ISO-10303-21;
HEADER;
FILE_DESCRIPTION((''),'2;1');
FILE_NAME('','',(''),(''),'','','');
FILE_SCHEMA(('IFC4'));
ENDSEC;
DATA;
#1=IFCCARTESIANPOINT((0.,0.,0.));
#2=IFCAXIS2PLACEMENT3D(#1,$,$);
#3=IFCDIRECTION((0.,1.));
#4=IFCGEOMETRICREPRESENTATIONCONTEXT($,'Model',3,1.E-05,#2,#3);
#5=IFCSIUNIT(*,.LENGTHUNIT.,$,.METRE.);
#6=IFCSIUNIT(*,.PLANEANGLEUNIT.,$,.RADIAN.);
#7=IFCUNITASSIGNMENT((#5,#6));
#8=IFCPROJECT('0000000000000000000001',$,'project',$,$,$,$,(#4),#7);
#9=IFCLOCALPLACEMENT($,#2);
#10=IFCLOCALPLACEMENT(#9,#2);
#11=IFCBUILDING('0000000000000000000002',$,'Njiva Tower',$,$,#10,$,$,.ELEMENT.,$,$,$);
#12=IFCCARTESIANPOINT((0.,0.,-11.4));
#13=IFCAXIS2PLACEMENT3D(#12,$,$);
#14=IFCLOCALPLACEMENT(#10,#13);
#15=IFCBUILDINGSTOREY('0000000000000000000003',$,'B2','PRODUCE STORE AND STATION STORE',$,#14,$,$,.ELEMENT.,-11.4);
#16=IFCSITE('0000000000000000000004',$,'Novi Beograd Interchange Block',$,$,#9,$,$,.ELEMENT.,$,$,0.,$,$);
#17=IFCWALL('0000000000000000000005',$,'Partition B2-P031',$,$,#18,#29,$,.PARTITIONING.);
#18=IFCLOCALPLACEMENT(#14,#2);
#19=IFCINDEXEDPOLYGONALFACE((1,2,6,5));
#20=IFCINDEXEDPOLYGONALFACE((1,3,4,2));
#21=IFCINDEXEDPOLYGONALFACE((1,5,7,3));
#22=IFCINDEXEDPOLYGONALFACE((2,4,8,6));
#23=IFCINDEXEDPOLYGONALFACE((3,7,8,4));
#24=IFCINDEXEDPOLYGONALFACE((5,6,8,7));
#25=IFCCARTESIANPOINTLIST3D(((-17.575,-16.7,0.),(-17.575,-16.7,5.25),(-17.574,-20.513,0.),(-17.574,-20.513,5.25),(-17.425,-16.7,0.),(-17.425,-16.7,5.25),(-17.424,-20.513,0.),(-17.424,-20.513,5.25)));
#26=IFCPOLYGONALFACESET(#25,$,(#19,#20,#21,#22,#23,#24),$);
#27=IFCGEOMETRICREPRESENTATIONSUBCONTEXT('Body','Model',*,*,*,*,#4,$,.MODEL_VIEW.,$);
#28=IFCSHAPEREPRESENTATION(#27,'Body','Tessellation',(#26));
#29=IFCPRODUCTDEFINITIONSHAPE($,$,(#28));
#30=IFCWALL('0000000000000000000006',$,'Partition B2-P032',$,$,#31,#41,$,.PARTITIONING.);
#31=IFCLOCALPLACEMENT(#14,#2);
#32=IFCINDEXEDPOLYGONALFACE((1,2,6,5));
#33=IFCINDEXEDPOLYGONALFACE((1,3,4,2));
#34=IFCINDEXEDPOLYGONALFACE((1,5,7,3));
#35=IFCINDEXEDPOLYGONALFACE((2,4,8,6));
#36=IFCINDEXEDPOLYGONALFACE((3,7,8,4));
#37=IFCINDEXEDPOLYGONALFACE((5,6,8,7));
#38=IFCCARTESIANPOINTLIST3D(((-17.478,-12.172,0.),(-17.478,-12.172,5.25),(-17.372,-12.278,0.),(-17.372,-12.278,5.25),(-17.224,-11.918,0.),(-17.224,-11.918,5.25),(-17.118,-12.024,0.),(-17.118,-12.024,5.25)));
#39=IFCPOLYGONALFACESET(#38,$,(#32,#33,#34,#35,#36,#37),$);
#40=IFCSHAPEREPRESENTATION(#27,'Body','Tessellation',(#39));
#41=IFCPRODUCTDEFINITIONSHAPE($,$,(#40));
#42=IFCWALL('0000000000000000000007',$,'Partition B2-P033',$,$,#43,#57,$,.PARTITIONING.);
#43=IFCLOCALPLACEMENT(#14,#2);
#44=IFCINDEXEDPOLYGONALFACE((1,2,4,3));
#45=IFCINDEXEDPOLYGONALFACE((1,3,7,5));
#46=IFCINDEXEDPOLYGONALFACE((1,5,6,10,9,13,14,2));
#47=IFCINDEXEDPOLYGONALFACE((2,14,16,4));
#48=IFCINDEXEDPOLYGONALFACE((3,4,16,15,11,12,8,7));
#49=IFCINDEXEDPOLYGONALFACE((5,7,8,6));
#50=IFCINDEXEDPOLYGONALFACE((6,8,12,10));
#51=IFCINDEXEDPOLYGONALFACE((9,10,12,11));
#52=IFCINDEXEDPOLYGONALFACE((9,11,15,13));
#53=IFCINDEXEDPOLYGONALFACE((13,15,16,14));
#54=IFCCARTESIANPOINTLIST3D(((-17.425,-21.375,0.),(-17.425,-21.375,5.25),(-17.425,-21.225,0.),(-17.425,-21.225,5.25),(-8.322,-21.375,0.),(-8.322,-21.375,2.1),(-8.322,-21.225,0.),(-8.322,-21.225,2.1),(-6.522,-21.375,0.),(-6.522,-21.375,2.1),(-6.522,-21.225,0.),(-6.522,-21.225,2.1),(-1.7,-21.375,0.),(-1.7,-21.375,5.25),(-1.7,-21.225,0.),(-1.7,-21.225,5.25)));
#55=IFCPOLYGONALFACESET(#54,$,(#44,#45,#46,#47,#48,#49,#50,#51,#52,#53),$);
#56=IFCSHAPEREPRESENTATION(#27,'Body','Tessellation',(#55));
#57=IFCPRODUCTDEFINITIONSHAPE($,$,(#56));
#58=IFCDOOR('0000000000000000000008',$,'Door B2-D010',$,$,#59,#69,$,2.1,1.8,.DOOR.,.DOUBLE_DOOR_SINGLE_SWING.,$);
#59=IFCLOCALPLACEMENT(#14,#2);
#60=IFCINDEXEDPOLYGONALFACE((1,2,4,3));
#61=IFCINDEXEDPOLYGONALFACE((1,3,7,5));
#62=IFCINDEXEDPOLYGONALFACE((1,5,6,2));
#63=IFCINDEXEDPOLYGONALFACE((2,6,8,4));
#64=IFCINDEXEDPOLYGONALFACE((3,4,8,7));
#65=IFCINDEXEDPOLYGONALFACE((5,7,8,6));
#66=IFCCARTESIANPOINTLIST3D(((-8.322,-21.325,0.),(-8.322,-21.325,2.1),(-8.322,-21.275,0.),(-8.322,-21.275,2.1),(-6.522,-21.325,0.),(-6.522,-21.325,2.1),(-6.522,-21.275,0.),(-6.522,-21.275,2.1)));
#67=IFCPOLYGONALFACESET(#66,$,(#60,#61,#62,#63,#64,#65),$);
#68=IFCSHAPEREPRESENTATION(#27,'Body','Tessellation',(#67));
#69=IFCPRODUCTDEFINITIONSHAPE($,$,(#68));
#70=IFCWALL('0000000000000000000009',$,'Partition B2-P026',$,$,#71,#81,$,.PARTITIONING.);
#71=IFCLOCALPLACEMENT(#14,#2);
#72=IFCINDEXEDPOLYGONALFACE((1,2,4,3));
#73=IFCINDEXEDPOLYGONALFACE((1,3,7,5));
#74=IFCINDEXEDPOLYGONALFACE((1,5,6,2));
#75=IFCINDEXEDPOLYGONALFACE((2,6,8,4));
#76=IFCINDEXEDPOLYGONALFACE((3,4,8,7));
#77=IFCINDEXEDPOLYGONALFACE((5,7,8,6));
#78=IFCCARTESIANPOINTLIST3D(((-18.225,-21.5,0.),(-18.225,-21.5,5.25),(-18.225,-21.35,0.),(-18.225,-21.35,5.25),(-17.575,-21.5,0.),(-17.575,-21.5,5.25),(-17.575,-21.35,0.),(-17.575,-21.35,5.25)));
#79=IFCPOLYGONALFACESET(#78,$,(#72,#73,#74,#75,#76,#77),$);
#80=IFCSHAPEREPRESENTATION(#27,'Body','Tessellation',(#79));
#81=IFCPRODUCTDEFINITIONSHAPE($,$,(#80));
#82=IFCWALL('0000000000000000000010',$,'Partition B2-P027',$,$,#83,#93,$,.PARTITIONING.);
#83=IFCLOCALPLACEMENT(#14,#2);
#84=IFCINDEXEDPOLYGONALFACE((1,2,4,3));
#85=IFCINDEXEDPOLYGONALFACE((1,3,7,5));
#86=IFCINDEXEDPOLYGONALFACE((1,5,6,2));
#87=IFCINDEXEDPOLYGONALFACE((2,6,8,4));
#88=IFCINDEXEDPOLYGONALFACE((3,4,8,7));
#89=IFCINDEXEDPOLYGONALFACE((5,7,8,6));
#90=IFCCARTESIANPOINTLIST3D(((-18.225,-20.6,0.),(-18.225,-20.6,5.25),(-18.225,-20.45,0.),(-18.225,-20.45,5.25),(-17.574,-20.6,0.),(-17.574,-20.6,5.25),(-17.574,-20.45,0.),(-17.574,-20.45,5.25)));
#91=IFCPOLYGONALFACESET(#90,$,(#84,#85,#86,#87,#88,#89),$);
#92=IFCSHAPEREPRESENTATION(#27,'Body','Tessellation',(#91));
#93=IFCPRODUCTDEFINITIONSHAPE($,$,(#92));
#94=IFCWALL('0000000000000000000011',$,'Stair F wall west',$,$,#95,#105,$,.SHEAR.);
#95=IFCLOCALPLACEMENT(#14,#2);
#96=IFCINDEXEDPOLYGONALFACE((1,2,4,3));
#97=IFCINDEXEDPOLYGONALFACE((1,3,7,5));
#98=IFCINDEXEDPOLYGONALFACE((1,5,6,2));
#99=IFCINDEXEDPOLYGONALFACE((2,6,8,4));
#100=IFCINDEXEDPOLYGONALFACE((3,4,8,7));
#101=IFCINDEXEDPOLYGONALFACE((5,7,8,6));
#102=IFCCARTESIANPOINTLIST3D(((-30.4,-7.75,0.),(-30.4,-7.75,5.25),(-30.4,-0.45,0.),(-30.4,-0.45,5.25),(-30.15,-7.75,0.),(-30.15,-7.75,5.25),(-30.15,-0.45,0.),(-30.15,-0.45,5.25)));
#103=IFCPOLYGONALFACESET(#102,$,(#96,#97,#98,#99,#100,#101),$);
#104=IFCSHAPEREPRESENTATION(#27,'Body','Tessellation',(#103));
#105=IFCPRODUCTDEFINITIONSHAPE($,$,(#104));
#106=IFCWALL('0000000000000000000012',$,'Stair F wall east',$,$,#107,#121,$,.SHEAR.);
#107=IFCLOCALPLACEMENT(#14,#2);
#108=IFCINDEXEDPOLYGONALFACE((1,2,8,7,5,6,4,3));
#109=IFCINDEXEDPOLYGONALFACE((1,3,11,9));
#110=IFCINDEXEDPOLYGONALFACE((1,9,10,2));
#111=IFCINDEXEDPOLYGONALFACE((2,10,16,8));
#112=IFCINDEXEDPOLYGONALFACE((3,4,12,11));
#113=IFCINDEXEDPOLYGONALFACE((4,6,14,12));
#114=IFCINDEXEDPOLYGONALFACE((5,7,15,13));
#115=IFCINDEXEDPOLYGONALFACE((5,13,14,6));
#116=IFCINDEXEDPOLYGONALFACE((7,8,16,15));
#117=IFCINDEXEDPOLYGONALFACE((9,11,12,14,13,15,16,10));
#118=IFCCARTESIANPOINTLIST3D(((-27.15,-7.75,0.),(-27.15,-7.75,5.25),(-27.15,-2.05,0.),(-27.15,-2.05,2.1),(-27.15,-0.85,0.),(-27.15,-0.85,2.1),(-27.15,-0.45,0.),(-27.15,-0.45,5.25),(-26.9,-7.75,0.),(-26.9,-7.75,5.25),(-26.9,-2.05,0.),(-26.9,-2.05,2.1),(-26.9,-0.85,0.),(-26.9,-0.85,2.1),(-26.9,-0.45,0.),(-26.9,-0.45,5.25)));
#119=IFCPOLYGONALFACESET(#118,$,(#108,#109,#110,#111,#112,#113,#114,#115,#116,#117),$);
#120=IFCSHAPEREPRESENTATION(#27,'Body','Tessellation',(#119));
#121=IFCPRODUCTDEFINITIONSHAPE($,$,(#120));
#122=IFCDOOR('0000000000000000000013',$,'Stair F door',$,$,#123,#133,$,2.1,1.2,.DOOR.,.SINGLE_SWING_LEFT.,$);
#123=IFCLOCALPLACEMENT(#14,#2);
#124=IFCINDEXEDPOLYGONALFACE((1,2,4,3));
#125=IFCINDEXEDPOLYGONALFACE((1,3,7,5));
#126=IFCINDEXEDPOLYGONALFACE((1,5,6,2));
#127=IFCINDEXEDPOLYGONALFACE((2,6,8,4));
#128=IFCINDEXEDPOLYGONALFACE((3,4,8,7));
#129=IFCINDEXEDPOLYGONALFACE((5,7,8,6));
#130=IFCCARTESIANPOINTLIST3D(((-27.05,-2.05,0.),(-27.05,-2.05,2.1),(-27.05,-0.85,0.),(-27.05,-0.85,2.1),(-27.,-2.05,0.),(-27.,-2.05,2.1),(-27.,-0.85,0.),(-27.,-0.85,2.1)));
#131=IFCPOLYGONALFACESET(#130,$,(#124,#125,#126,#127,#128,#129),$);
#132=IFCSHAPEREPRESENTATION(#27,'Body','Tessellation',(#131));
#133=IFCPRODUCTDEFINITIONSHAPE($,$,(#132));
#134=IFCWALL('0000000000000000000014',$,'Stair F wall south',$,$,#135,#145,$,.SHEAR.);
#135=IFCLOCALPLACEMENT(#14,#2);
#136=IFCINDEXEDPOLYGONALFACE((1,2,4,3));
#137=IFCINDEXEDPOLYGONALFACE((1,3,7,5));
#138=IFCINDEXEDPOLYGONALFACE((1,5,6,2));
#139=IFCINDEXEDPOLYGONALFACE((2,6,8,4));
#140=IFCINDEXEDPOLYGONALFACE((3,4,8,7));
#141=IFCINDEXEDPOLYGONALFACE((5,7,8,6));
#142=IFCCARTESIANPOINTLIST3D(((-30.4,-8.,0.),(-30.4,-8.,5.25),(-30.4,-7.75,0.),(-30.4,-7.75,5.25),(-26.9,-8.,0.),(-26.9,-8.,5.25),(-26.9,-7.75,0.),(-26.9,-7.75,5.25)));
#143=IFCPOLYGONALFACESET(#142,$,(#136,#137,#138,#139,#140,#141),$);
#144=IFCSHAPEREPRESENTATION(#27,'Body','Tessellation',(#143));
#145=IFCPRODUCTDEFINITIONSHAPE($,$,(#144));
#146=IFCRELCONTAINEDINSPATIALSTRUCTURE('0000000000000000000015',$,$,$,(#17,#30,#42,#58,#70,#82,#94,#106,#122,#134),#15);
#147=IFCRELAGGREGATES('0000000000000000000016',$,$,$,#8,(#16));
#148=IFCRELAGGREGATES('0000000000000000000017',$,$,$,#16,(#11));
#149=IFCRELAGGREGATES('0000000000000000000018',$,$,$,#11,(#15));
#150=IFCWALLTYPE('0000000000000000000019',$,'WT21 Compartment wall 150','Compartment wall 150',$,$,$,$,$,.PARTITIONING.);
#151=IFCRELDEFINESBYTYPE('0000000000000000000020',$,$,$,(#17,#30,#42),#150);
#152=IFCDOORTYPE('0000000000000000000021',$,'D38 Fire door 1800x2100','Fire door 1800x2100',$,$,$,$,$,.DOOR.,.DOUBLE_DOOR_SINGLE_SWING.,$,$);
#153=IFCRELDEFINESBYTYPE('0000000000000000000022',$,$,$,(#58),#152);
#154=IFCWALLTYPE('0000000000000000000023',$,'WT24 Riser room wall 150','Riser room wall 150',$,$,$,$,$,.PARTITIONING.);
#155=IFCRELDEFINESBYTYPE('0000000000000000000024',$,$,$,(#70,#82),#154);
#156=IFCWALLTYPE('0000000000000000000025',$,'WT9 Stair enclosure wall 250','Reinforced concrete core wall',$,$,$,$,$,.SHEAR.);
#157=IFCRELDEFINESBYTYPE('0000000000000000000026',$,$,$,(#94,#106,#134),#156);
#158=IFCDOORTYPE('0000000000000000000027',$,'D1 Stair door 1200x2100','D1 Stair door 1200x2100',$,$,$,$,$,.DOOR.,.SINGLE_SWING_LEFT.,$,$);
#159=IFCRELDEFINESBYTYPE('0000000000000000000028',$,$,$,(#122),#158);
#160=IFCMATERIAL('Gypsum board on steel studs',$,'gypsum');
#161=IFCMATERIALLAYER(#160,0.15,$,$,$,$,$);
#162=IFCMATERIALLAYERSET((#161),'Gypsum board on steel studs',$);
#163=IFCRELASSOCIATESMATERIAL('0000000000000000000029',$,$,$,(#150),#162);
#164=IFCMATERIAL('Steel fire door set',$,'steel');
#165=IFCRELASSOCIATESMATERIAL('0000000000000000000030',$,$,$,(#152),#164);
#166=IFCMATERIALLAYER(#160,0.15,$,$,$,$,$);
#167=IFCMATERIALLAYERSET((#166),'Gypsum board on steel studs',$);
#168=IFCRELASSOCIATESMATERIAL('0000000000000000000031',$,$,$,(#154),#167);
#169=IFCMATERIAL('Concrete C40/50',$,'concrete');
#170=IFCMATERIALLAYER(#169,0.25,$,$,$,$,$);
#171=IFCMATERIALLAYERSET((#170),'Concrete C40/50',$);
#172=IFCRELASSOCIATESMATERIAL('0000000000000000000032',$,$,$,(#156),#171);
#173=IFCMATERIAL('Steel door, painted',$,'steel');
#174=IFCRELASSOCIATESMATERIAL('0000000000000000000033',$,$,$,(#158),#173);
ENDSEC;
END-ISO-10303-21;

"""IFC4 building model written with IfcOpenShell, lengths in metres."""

from ifc_helpers import new_model, si_unit, direction, frame, frame_2d, origin, place, context, subcontext, project, spatial, rectangle, extrude, material, layer, layer_set, type_object, element, fill, save


model = new_model("IFC4")

# Units and contexts
model_context = context("Model", 3, precision=1e-05, world=origin(), true_north=direction((0.0, 1.0)))
body_context = subcontext(model_context, "Body", "Model", "MODEL_VIEW")
ifc_project = project(units=[si_unit("LENGTHUNIT", "METRE"), si_unit("PLANEANGLEUNIT", "RADIAN")], contexts=[model_context])

# Site, building, storey
site_placement = place(None, origin())
site = spatial("IfcSite", under=ifc_project, at=site_placement, Name="Novi Beograd Interchange Block", CompositionType="ELEMENT", RefElevation=0.0)
building_placement = place(site_placement, origin())
building = spatial("IfcBuilding", under=site, at=building_placement, Name="Njiva Tower", CompositionType="ELEMENT")
storey_placement = place(building_placement, frame((0.0, 0.0, -11.4)))
storey = spatial("IfcBuildingStorey", under=building, at=storey_placement, Name="B2", Description="PRODUCE STORE AND STATION STORE", CompositionType="ELEMENT", Elevation=-11.4)

# Shared definitions
ifc_material_1 = material(Name="Gypsum board on steel studs", Category="gypsum")
ifc_layer_1 = layer(ifc_material_1, 0.15)
ifc_layer_set_1 = layer_set([ifc_layer_1], Name="Gypsum board on steel studs")
wall_type_1 = type_object("IfcWallType", Name="WT21 Compartment wall 150", Description="Compartment wall 150", PredefinedType="PARTITIONING", material=ifc_layer_set_1)

# Shared definitions
ifc_material_2 = material(Name="Steel fire door set", Category="steel")

# Walls
wall_1_placement = place(storey_placement, frame((-17.5, -16.7, 0.0), z_axis=(0.0, 0.0, 1.0), x_axis=(0.000262, -1.0, 0.0)))
element("IfcWall", 1, at=wall_1_placement, inside=storey, type_object=wall_type_1, Name="Partition B2-P031", PredefinedType="PARTITIONING", context=body_context, shape_type="SweptSolid", body=[
    extrude(rectangle(XDim=3.813, YDim=0.15, at=frame_2d((1.9065, 0.0))), origin(), (0.0, 0.0, 1.0), 5.25),
])
wall_2_placement = place(storey_placement, frame((-17.425, -12.225, 0.0), z_axis=(0.0, 0.0, 1.0), x_axis=(0.707107, 0.707107, 0.0)))
element("IfcWall", 2, at=wall_2_placement, inside=storey, type_object=wall_type_1, Name="Partition B2-P032", PredefinedType="PARTITIONING", context=body_context, shape_type="SweptSolid", body=[
    extrude(rectangle(XDim=0.3592, YDim=0.15, at=frame_2d((0.1796, 0.0))), origin(), (0.0, 0.0, 1.0), 5.25),
])

# Wall, opening, door
wall_3_placement = place(storey_placement, frame((-17.425, -21.3, 0.0), z_axis=(0.0, 0.0, 1.0), x_axis=(1.0, 0.0, 0.0)))
wall_3 = element("IfcWall", 3, at=wall_3_placement, inside=storey, type_object=wall_type_1, Name="Partition B2-P033", PredefinedType="PARTITIONING", context=body_context, shape_type="SweptSolid", body=[
    extrude(rectangle(XDim=15.725, YDim=0.15, at=frame_2d((7.8625, 0.0))), origin(), (0.0, 0.0, 1.0), 5.25),
])
opening_1_placement = place(wall_3_placement, frame((9.103, 0.0, 0.0)))
opening_1 = element("IfcOpeningElement", 4, at=opening_1_placement, cuts=wall_3, PredefinedType="OPENING", context=body_context, shape_type="SweptSolid", body=[
    extrude(rectangle(XDim=1.8, YDim=2.1, at=frame_2d((0.9, 1.05))), frame((0.0, 0.085, 0.0), z_axis=(0.0, -1.0, 0.0), x_axis=(1.0, 0.0, 0.0)), (0.0, 0.0, 1.0), 0.17),
])
door_type_1 = type_object("IfcDoorType", Name="D38 Fire door 1800x2100", Description="Fire door 1800x2100", OperationType="DOUBLE_DOOR_SINGLE_SWING", PredefinedType="DOOR", material=ifc_material_2)
door_1_placement = place(opening_1_placement, origin())
door_1 = element("IfcDoor", 5, at=door_1_placement, inside=storey, type_object=door_type_1, Name="Door B2-D010", OperationType="DOUBLE_DOOR_SINGLE_SWING", OverallHeight=2.1, OverallWidth=1.8, PredefinedType="DOOR", context=body_context, shape_type="SweptSolid", body=[
    extrude(rectangle(XDim=1.8, YDim=2.1, at=frame_2d((0.9, 1.05))), frame((0.0, 0.025, 0.0), z_axis=(0.0, -1.0, 0.0), x_axis=(1.0, 0.0, 0.0)), (0.0, 0.0, 1.0), 0.05),
])
fill(opening_1, door_1)

# Walls
ifc_layer_2 = layer(ifc_material_1, 0.15)
ifc_layer_set_2 = layer_set([ifc_layer_2], Name="Gypsum board on steel studs")
wall_type_2 = type_object("IfcWallType", Name="WT24 Riser room wall 150", Description="Riser room wall 150", PredefinedType="PARTITIONING", material=ifc_layer_set_2)
wall_4_placement = place(storey_placement, frame((-18.225, -21.425, 0.0), z_axis=(0.0, 0.0, 1.0), x_axis=(1.0, 0.0, 0.0)))
element("IfcWall", 6, at=wall_4_placement, inside=storey, type_object=wall_type_2, Name="Partition B2-P026", PredefinedType="PARTITIONING", context=body_context, shape_type="SweptSolid", body=[
    extrude(rectangle(XDim=0.65, YDim=0.15, at=frame_2d((0.325, 0.0))), origin(), (0.0, 0.0, 1.0), 5.25),
])
wall_5_placement = place(storey_placement, frame((-18.225, -20.525, 0.0), z_axis=(0.0, 0.0, 1.0), x_axis=(1.0, 0.0, 0.0)))
element("IfcWall", 7, at=wall_5_placement, inside=storey, type_object=wall_type_2, Name="Partition B2-P027", PredefinedType="PARTITIONING", context=body_context, shape_type="SweptSolid", body=[
    extrude(rectangle(XDim=0.651, YDim=0.15, at=frame_2d((0.3255, 0.0))), origin(), (0.0, 0.0, 1.0), 5.25),
])
ifc_material_3 = material(Name="Concrete C40/50", Category="concrete")
ifc_layer_3 = layer(ifc_material_3, 0.25)
ifc_layer_set_3 = layer_set([ifc_layer_3], Name="Concrete C40/50")
wall_type_3 = type_object("IfcWallType", Name="WT9 Stair enclosure wall 250", Description="Reinforced concrete core wall", PredefinedType="SHEAR", material=ifc_layer_set_3)
wall_6_placement = place(storey_placement, frame((-30.275, -7.75, 0.0), z_axis=(0.0, 0.0, 1.0), x_axis=(0.0, 1.0, 0.0)))
element("IfcWall", 8, at=wall_6_placement, inside=storey, type_object=wall_type_3, Name="Stair F wall west", PredefinedType="SHEAR", context=body_context, shape_type="SweptSolid", body=[
    extrude(rectangle(XDim=7.3, YDim=0.25, at=frame_2d((3.65, 0.0))), origin(), (0.0, 0.0, 1.0), 5.25),
])

# Wall, opening, door
wall_7_placement = place(storey_placement, frame((-27.025, -7.75, 0.0), z_axis=(0.0, 0.0, 1.0), x_axis=(0.0, 1.0, 0.0)))
wall_7 = element("IfcWall", 9, at=wall_7_placement, inside=storey, type_object=wall_type_3, Name="Stair F wall east", PredefinedType="SHEAR", context=body_context, shape_type="SweptSolid", body=[
    extrude(rectangle(XDim=7.3, YDim=0.25, at=frame_2d((3.65, 0.0))), origin(), (0.0, 0.0, 1.0), 5.25),
])
opening_2_placement = place(wall_7_placement, frame((5.7, 0.0, 0.0)))
opening_2 = element("IfcOpeningElement", 10, at=opening_2_placement, cuts=wall_7, PredefinedType="OPENING", context=body_context, shape_type="SweptSolid", body=[
    extrude(rectangle(XDim=1.2, YDim=2.1, at=frame_2d((0.6, 1.05))), frame((0.0, 0.135, 0.0), z_axis=(0.0, -1.0, 0.0), x_axis=(1.0, 0.0, 0.0)), (0.0, 0.0, 1.0), 0.27),
])
ifc_material_4 = material(Name="Steel door, painted", Category="steel")
door_type_2 = type_object("IfcDoorType", Name="D1 Stair door 1200x2100", Description="D1 Stair door 1200x2100", OperationType="SINGLE_SWING_LEFT", PredefinedType="DOOR", material=ifc_material_4)
door_2_placement = place(opening_2_placement, origin())
door_2 = element("IfcDoor", 11, at=door_2_placement, inside=storey, type_object=door_type_2, Name="Stair F door", OperationType="SINGLE_SWING_LEFT", OverallHeight=2.1, OverallWidth=1.2, PredefinedType="DOOR", context=body_context, shape_type="SweptSolid", body=[
    extrude(rectangle(XDim=1.2, YDim=2.1, at=frame_2d((0.6, 1.05))), frame((0.0, 0.025, 0.0), z_axis=(0.0, -1.0, 0.0), x_axis=(1.0, 0.0, 0.0)), (0.0, 0.0, 1.0), 0.05),
])
fill(opening_2, door_2)

# Wall
wall_8_placement = place(storey_placement, frame((-30.4, -7.875, 0.0), z_axis=(0.0, 0.0, 1.0), x_axis=(1.0, 0.0, 0.0)))
element("IfcWall", 12, at=wall_8_placement, inside=storey, type_object=wall_type_3, Name="Stair F wall south", PredefinedType="SHEAR", context=body_context, shape_type="SweptSolid", body=[
    extrude(rectangle(XDim=3.5, YDim=0.25, at=frame_2d((1.75, 0.0))), origin(), (0.0, 0.0, 1.0), 5.25),
])

save(model, "model.ifc")
